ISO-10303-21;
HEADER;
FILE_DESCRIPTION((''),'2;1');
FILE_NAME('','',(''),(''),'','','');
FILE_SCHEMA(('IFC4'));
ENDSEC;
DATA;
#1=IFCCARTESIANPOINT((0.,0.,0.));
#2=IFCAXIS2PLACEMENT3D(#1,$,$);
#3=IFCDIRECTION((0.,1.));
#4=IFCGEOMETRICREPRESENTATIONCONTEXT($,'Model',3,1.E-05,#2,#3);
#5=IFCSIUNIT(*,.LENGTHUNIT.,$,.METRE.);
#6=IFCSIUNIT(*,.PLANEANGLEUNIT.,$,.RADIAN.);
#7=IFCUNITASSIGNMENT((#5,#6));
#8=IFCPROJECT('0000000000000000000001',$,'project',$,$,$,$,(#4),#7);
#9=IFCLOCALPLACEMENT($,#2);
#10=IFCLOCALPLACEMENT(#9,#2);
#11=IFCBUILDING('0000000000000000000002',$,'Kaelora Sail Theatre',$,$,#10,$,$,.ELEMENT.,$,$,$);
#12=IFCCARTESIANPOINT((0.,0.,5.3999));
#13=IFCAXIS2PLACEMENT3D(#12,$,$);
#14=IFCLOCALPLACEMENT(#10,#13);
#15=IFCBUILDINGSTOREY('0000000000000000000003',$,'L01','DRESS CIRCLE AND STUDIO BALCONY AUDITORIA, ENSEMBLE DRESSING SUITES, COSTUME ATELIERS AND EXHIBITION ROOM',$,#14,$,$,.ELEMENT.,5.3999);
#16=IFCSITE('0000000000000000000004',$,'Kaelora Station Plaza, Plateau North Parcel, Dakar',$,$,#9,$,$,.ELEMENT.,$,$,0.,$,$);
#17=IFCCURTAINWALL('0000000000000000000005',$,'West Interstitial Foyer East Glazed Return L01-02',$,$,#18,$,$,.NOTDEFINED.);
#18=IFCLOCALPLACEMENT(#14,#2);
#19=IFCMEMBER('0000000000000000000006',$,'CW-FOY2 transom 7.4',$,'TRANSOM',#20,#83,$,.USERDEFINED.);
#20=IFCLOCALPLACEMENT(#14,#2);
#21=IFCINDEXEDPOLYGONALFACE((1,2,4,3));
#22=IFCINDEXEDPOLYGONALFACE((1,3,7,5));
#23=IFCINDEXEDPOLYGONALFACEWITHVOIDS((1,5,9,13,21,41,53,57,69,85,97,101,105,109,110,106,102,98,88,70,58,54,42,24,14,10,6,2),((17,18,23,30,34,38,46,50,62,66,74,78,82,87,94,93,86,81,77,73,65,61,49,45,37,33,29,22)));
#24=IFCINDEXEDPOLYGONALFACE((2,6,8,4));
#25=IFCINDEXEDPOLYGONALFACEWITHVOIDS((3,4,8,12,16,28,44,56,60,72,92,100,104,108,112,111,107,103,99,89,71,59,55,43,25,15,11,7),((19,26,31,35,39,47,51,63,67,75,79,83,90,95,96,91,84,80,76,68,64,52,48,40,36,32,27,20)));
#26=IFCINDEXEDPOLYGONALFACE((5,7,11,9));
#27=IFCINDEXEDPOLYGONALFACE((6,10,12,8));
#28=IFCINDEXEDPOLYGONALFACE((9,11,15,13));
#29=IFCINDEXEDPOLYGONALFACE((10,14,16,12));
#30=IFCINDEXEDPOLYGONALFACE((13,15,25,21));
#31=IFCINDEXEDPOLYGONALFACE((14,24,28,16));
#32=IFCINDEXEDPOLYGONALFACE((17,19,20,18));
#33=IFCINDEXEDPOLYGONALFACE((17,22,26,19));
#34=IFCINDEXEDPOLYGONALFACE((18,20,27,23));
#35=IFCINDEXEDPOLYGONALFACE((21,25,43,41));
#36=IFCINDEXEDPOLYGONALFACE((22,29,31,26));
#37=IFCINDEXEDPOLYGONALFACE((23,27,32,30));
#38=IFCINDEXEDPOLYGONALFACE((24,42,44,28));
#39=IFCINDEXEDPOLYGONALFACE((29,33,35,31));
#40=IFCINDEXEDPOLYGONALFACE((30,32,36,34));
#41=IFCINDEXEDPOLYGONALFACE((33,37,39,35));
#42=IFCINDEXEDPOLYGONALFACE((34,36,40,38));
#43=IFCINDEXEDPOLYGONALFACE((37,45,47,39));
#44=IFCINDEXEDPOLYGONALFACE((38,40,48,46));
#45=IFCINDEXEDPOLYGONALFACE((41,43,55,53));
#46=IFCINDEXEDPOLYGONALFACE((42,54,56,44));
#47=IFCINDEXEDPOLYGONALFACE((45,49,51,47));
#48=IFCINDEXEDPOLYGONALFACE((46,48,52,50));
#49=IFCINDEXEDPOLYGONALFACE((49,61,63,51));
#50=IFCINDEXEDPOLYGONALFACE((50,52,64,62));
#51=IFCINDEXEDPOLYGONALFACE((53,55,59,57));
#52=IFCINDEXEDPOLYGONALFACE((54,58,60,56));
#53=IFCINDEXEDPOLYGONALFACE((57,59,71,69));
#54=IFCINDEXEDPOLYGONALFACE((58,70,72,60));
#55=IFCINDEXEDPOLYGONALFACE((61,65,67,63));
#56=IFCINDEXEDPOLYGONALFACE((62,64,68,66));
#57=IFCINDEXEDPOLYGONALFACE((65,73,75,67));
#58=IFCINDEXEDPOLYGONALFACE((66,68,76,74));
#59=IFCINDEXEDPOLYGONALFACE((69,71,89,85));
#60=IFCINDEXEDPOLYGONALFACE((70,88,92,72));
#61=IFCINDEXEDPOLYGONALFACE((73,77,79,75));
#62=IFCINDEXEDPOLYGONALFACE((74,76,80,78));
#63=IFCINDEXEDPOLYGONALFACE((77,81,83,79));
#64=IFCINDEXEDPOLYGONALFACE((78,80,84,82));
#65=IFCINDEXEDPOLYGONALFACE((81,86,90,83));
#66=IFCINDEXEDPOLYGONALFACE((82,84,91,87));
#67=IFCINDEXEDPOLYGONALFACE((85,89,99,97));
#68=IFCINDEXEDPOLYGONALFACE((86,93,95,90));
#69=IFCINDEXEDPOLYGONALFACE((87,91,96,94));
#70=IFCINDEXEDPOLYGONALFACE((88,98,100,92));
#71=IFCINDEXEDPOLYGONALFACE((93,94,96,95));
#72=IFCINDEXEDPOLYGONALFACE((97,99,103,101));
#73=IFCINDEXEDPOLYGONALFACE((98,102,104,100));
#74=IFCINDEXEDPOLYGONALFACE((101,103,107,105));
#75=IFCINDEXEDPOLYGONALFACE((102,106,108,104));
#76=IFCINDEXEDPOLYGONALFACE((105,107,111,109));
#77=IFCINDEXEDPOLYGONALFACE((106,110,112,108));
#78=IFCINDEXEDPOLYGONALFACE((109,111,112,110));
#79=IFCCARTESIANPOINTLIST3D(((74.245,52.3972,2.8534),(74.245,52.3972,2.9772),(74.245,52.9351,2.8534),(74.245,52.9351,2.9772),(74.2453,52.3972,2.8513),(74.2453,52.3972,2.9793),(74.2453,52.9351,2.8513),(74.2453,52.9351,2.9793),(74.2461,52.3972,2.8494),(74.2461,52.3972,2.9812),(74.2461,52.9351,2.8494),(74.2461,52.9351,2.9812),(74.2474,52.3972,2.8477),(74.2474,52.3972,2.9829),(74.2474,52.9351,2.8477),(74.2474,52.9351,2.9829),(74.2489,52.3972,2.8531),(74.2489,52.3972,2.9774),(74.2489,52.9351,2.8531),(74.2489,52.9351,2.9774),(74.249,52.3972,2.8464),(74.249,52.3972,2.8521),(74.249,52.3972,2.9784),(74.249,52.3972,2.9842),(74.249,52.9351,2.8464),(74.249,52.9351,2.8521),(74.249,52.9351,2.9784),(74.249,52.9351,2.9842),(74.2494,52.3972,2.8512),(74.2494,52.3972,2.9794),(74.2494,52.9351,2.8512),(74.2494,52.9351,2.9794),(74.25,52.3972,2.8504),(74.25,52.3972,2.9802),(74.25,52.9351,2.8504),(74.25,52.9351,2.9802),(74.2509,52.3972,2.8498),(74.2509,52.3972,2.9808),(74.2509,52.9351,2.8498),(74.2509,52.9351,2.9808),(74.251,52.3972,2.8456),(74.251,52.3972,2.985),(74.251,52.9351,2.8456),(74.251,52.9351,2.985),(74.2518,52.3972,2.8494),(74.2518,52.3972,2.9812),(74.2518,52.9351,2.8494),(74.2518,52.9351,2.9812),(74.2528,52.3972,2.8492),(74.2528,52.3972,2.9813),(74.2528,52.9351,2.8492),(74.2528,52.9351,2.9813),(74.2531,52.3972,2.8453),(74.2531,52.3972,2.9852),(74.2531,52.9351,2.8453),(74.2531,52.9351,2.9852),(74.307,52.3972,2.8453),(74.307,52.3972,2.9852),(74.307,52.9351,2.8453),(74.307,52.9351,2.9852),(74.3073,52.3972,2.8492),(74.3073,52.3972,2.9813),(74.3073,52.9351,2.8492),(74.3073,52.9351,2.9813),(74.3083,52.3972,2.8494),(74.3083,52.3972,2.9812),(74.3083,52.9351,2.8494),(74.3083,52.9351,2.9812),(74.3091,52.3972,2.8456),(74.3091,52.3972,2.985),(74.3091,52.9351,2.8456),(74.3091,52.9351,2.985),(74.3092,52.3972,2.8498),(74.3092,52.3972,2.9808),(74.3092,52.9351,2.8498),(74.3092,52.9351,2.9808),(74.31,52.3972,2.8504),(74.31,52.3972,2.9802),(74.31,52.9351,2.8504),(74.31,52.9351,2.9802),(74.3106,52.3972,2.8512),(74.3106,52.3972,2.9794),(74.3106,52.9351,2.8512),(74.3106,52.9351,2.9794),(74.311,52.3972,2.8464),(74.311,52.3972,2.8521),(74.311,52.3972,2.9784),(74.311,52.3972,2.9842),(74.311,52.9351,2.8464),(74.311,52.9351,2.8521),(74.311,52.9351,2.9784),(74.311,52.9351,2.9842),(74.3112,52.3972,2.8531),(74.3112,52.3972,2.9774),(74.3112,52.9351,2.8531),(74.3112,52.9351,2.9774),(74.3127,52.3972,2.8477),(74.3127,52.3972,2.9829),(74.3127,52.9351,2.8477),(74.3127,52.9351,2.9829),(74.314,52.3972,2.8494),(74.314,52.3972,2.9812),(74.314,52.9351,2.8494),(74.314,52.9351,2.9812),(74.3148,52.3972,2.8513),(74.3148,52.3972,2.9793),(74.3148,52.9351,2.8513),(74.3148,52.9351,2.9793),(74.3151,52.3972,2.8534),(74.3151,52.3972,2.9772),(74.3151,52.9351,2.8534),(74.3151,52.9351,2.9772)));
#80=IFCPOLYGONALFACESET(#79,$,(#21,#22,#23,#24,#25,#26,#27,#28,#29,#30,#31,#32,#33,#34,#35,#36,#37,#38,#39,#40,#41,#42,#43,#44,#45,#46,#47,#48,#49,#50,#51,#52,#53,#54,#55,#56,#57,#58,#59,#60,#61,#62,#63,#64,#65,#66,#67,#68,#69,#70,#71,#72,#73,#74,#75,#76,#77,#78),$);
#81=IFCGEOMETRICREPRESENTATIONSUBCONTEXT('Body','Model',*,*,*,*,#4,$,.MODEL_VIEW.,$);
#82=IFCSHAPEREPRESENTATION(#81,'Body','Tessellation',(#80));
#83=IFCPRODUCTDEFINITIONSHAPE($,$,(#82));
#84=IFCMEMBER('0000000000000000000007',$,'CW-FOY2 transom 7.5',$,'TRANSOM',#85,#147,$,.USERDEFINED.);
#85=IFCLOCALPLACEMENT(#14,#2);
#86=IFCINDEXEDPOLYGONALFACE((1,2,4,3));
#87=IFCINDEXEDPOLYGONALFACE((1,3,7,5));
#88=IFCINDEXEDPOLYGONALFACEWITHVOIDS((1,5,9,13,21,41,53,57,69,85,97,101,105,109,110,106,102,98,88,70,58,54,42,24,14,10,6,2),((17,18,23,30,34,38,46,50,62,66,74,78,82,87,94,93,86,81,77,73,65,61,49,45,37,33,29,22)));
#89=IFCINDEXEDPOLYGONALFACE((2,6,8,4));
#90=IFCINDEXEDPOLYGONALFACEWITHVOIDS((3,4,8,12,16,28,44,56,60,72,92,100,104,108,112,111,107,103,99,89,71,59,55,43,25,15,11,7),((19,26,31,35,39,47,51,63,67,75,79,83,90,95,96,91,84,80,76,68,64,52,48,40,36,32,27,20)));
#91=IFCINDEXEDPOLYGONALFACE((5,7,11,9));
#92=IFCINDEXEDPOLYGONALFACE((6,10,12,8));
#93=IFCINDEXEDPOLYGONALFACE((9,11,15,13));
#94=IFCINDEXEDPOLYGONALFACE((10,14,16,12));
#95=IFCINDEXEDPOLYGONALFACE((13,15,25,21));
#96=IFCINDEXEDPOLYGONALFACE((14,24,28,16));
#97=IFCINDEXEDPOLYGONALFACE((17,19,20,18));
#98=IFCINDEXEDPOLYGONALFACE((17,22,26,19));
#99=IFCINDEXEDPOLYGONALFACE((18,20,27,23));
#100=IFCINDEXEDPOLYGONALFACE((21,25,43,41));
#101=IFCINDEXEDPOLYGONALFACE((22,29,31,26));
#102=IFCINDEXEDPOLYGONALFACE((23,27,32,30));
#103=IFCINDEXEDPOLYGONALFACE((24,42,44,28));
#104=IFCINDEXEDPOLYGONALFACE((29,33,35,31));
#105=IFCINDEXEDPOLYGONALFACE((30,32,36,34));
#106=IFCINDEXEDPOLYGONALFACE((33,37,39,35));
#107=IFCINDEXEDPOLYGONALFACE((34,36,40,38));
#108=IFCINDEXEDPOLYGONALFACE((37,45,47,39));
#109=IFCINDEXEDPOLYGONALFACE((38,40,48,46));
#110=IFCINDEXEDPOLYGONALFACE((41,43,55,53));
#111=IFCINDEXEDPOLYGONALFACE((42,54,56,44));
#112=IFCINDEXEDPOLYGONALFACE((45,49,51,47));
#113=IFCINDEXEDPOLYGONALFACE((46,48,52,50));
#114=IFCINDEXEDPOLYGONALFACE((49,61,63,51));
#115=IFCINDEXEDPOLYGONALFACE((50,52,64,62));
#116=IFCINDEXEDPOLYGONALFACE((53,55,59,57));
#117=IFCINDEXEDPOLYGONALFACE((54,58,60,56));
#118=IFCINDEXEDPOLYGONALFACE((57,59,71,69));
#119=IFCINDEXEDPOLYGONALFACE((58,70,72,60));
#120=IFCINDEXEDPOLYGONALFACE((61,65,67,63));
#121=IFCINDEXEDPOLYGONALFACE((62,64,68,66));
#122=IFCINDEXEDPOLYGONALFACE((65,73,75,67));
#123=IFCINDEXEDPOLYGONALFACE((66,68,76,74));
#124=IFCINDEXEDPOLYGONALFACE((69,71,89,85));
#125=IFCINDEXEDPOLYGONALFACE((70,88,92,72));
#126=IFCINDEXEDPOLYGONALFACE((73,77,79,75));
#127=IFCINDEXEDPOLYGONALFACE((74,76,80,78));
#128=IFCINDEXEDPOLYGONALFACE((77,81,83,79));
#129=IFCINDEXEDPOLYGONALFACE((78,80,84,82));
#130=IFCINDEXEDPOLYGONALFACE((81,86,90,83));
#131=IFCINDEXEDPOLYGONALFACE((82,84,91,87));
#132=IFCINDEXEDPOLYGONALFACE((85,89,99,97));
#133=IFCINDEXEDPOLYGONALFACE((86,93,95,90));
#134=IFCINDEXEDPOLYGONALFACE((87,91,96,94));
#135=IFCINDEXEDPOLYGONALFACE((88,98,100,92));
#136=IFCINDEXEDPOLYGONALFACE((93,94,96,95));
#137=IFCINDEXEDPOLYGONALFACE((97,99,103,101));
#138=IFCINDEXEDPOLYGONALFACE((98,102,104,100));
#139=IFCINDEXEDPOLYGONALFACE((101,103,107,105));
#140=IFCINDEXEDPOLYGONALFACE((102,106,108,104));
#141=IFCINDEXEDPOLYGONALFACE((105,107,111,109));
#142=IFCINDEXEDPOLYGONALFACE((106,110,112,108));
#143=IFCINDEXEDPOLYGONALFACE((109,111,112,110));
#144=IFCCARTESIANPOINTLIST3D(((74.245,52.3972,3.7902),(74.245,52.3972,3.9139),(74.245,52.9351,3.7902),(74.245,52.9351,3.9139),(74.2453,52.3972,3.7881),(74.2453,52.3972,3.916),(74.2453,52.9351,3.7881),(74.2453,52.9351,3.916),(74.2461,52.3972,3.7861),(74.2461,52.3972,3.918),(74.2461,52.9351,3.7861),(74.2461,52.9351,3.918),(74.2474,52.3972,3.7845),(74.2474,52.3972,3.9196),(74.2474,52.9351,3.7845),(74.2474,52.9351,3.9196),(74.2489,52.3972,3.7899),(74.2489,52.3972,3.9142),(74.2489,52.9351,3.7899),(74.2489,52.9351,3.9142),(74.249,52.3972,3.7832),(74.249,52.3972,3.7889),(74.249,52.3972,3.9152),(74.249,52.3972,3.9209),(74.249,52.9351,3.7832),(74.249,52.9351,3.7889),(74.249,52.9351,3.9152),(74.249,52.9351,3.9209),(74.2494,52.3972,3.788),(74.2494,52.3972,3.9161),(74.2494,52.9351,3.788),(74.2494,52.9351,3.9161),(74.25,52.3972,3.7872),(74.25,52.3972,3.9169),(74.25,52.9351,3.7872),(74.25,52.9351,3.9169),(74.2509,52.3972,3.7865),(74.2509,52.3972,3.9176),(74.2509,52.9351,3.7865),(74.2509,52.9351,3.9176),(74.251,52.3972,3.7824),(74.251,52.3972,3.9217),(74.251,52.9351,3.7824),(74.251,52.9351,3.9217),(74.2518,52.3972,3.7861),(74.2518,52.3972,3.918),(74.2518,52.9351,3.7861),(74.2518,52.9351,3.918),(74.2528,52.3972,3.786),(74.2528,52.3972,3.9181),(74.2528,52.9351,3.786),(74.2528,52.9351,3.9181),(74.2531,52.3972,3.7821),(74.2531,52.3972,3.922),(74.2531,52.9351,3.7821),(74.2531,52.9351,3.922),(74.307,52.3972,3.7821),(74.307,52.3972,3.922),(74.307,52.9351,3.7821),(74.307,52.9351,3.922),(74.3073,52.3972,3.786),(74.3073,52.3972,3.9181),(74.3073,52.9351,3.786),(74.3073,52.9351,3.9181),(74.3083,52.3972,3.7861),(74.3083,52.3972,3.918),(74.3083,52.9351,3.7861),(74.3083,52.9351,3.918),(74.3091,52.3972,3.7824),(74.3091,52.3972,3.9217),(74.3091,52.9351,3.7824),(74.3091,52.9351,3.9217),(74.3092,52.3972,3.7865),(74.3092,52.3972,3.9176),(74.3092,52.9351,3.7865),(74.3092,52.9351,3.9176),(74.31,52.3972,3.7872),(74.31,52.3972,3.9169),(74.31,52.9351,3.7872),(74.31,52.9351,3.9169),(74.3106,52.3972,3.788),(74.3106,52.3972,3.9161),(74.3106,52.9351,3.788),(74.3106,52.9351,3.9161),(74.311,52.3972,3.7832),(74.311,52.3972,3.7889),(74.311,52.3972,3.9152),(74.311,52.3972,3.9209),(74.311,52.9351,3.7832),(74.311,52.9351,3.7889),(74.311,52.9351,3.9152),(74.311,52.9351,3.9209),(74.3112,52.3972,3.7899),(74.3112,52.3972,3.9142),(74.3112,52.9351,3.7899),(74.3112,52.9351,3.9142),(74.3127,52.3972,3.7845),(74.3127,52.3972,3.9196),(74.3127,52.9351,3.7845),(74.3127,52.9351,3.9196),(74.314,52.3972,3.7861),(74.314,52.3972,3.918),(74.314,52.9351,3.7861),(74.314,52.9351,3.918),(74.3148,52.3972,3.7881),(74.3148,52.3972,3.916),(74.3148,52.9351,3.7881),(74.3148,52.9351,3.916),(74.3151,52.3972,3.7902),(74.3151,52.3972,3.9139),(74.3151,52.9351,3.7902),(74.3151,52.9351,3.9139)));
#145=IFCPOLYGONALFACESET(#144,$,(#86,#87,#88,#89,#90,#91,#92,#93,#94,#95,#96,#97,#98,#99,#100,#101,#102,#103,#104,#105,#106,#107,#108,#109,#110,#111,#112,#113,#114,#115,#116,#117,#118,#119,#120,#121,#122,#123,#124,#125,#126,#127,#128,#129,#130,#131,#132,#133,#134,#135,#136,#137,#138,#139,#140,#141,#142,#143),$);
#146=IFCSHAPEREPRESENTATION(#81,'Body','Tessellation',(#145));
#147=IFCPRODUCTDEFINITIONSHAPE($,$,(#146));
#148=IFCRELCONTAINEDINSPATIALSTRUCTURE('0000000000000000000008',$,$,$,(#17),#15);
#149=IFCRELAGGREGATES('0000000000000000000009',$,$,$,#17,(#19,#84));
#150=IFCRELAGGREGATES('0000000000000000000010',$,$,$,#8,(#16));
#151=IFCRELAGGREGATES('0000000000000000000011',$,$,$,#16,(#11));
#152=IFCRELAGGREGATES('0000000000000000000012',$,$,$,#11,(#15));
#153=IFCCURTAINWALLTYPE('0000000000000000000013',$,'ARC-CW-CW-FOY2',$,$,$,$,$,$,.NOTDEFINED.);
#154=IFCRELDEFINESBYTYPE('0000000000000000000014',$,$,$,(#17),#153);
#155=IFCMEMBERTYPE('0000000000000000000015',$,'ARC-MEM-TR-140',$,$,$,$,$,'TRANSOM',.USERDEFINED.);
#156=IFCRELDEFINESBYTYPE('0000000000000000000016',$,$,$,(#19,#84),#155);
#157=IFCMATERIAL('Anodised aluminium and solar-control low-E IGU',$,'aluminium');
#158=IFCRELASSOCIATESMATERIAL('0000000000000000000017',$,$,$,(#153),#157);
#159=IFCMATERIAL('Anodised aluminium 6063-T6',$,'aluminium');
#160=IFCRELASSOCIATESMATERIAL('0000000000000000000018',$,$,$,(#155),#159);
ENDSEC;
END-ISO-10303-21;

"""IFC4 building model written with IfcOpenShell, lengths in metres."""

from ifc_helpers import new_model, si_unit, direction, frame, origin, origin_2d, place, context, subcontext, project, spatial, hollow_rectangle, extrude, material, material_profile, profile_set, type_object, element, aggregate, save


model = new_model("IFC4")

# Units and contexts
model_context = context("Model", 3, precision=1e-05, world=origin(), true_north=direction((0.0, 1.0)))
body_context = subcontext(model_context, "Body", "Model", "MODEL_VIEW")
ifc_project = project(units=[si_unit("LENGTHUNIT", "METRE"), si_unit("PLANEANGLEUNIT", "RADIAN")], contexts=[model_context])

# Site, building, storey
site_placement = place(None, origin())
site = spatial("IfcSite", under=ifc_project, at=site_placement, Name="Kaelora Station Plaza, Plateau North Parcel, Dakar", CompositionType="ELEMENT", RefElevation=0.0)
building_placement = place(site_placement, origin())
building = spatial("IfcBuilding", under=site, at=building_placement, Name="Kaelora Sail Theatre", CompositionType="ELEMENT")
storey_placement = place(building_placement, frame((0.0, 0.0, 5.3999)))
storey = spatial("IfcBuildingStorey", under=building, at=storey_placement, Name="L01", Description="DRESS CIRCLE AND STUDIO BALCONY AUDITORIA, ENSEMBLE DRESSING SUITES, COSTUME ATELIERS AND EXHIBITION ROOM", CompositionType="ELEMENT", Elevation=5.3999)

# Curtain wall
ifc_material_1 = material(Name="Anodised aluminium and solar-control low-E IGU", Category="aluminium")
curtain_wall_type = type_object("IfcCurtainWallType", Name="ARC-CW-CW-FOY2", PredefinedType="NOTDEFINED", material=ifc_material_1)
curtain_wall_1_placement = place(storey_placement, origin())
curtain_wall_1 = element("IfcCurtainWall", 1, at=curtain_wall_1_placement, inside=storey, type_object=curtain_wall_type, Name="West Interstitial Foyer East Glazed Return L01-02", PredefinedType="NOTDEFINED")

# Members
ifc_material_2 = material(Name="Anodised aluminium 6063-T6", Category="aluminium")
ifc_material_profile_1 = material_profile(ifc_material_2, hollow_rectangle(XDim=0.0701, YDim=0.1399, WallThickness=0.0039, InnerFilletRadius=0.0039, OuterFilletRadius=0.0081, at=origin_2d()), Name="ALU-TRAN 70x140x4")
ifc_profile_set_1 = profile_set([ifc_material_profile_1], Name="Anodised aluminium 6063-T6")
member_type_1 = type_object("IfcMemberType", Name="ARC-MEM-TR-140", ElementType="TRANSOM", PredefinedType="USERDEFINED", material=ifc_profile_set_1)
member_1_placement = place(storey_placement, frame((74.28, 52.3972, 2.9153), z_axis=(0.0, 1.0, 0.0), x_axis=(-1.0, 0.0, 0.0)))
member_1 = element("IfcMember", 2, at=member_1_placement, type_object=member_type_1, Name="CW-FOY2 transom 7.4", ObjectType="TRANSOM", PredefinedType="USERDEFINED", context=body_context, shape_type="SweptSolid", body=[
    extrude(hollow_rectangle(XDim=0.0701, YDim=0.1399, WallThickness=0.0039, InnerFilletRadius=0.0039, OuterFilletRadius=0.0081, at=origin_2d()), origin(), (0.0, 0.0, 1.0), 0.5378),
])
member_2_placement = place(storey_placement, frame((74.28, 52.3972, 3.8521), z_axis=(0.0, 1.0, 0.0), x_axis=(-1.0, 0.0, 0.0)))
member_2 = element("IfcMember", 3, at=member_2_placement, type_object=member_type_1, Name="CW-FOY2 transom 7.5", ObjectType="TRANSOM", PredefinedType="USERDEFINED", context=body_context, shape_type="SweptSolid", body=[
    extrude(hollow_rectangle(XDim=0.0701, YDim=0.1399, WallThickness=0.0039, InnerFilletRadius=0.0039, OuterFilletRadius=0.0081, at=origin_2d()), origin(), (0.0, 0.0, 1.0), 0.5378),
])

aggregate(curtain_wall_1, [member_1, member_2])

save(model, "model.ifc")
